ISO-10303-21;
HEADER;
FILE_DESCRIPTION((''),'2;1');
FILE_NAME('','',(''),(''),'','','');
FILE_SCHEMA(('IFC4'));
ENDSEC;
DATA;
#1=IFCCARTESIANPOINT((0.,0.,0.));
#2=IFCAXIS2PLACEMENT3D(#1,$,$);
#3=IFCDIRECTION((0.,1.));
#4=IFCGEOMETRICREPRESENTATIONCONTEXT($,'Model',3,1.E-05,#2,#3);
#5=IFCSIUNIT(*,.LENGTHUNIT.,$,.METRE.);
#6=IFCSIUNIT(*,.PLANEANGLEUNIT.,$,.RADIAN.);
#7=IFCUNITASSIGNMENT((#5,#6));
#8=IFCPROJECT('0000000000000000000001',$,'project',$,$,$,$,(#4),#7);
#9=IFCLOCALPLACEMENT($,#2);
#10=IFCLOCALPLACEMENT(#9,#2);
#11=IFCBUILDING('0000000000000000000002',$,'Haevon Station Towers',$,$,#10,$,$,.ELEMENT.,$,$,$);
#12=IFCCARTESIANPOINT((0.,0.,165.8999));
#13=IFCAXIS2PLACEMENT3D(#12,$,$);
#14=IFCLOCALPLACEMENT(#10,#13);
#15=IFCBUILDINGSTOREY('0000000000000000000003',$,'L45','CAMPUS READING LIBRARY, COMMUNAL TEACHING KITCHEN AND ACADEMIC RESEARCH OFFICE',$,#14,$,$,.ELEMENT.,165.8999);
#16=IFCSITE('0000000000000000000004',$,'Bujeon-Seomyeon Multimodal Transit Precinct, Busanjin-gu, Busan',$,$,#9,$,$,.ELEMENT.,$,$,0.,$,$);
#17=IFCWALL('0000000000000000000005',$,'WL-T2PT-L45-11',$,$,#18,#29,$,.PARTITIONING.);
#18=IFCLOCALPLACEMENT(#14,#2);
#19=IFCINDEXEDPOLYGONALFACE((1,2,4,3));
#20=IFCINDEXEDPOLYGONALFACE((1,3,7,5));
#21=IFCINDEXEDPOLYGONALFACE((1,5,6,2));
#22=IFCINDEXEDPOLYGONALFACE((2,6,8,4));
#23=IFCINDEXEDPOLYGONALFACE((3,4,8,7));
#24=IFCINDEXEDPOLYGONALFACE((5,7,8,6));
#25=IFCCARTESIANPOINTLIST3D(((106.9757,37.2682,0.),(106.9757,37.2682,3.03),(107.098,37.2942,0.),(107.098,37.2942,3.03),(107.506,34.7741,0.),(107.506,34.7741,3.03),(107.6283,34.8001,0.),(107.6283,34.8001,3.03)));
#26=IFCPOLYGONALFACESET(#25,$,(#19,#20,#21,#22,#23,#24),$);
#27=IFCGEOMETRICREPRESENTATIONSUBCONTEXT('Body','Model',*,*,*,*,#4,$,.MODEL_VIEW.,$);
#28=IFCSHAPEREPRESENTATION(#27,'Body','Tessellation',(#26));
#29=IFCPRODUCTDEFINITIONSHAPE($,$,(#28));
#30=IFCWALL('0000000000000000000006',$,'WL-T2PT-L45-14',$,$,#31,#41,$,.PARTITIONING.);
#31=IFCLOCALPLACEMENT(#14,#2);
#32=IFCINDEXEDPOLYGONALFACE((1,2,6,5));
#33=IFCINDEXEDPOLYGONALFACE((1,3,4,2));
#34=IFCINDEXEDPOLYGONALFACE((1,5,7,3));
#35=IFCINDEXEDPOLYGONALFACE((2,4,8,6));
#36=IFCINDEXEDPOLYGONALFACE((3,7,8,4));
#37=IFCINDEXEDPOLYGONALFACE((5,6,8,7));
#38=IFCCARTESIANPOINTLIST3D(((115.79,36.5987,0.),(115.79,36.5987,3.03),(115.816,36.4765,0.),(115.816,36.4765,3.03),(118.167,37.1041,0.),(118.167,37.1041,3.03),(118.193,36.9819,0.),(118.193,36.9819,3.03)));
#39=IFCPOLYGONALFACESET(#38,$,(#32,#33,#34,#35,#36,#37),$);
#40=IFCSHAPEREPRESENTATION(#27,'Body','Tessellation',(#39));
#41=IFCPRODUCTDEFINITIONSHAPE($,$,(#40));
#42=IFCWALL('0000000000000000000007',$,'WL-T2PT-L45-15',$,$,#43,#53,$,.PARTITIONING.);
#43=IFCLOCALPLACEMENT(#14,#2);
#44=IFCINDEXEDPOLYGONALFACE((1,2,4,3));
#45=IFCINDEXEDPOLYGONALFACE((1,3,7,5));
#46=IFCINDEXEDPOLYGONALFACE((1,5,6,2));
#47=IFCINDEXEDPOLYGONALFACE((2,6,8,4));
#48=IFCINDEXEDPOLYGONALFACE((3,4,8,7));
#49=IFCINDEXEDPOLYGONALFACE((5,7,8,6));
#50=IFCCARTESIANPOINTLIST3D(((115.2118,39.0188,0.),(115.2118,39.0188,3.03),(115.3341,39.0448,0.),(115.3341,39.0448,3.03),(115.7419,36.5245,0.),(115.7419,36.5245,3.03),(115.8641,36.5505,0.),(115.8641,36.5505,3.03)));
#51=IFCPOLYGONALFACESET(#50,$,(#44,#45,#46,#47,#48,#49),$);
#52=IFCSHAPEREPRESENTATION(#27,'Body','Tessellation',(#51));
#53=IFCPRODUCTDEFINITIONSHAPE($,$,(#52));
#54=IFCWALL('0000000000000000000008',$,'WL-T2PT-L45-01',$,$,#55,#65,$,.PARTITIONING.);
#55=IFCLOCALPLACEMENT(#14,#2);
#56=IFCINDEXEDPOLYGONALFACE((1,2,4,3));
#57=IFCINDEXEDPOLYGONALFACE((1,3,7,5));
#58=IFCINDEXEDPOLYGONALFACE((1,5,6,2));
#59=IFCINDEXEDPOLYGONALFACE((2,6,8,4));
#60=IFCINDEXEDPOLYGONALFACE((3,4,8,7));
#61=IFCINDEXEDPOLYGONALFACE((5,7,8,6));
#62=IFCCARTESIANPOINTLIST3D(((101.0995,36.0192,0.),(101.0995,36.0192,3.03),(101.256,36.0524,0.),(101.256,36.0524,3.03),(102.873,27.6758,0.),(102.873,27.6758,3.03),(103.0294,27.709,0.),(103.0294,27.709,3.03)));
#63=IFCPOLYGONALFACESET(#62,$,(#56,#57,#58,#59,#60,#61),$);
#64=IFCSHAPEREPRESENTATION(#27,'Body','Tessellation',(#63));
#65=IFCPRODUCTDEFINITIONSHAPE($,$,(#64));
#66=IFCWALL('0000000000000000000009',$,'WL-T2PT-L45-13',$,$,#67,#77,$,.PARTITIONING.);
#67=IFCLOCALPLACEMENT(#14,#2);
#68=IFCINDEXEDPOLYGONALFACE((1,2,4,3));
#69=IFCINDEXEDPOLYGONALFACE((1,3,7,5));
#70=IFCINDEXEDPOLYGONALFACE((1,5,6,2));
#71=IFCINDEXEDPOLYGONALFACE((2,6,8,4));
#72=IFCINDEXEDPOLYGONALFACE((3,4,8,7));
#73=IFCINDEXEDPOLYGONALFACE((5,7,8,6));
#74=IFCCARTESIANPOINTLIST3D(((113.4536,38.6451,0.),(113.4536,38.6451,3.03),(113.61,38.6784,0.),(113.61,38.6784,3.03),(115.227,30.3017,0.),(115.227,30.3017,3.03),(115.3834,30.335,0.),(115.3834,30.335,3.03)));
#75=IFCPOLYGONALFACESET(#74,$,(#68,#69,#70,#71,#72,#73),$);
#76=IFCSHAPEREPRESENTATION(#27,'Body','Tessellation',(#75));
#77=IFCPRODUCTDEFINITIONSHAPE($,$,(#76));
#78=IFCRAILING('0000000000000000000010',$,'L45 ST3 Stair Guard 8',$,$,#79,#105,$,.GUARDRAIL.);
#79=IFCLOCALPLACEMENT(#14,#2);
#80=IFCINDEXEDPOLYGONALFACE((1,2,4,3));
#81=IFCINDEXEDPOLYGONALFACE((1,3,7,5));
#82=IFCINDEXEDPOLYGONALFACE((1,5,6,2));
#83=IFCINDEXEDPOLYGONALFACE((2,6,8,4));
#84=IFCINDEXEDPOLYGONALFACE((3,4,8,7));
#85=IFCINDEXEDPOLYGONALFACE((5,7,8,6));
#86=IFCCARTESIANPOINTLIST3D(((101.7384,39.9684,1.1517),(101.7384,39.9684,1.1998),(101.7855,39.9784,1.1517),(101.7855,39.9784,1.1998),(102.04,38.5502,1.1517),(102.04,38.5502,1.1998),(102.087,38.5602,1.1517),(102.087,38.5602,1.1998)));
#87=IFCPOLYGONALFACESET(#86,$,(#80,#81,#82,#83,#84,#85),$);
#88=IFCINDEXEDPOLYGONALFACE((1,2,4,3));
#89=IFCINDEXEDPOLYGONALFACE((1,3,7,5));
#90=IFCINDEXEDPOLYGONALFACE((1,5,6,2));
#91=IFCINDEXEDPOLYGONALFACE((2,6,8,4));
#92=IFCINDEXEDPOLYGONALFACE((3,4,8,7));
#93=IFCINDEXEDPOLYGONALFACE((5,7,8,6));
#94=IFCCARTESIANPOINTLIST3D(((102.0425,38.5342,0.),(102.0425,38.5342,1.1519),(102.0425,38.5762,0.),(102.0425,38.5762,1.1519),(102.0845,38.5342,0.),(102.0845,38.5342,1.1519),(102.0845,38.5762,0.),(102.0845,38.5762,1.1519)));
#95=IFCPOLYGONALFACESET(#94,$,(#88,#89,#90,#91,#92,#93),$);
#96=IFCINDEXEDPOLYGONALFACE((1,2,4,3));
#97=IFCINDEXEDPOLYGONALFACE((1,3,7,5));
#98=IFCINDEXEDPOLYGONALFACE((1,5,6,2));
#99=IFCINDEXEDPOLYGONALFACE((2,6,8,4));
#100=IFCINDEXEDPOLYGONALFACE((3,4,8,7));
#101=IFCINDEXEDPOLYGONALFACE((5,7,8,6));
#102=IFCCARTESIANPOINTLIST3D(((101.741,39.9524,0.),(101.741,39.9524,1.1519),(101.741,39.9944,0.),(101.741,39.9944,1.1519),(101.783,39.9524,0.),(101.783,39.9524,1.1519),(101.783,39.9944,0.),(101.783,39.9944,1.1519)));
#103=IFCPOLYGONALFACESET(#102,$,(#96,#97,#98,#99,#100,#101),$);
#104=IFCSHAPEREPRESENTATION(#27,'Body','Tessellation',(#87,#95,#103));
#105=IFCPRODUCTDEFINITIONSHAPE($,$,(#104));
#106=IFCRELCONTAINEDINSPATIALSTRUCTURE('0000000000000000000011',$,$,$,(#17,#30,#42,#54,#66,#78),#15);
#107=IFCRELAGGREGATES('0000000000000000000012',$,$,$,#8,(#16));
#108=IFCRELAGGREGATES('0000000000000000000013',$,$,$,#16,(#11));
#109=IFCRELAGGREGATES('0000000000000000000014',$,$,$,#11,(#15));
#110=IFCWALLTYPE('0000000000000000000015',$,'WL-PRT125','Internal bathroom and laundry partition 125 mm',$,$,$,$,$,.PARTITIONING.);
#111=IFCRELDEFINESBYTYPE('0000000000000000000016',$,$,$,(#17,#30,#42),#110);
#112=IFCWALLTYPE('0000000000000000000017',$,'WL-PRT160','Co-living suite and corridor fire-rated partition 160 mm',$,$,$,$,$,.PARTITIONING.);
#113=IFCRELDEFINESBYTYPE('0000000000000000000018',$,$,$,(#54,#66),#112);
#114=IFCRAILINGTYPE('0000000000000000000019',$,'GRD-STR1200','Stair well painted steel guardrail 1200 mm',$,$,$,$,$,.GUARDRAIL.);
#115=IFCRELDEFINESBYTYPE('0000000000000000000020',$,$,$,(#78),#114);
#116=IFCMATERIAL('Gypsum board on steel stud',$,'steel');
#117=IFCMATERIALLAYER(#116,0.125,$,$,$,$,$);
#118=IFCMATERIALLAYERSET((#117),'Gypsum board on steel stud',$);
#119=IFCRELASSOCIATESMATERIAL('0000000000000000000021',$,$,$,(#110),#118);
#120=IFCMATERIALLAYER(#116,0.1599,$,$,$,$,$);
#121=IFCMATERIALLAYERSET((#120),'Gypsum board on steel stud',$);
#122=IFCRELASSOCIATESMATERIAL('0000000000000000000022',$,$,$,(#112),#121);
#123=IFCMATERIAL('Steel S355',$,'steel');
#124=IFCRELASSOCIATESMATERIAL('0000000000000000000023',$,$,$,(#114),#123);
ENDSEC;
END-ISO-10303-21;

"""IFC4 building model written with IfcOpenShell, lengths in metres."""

from ifc_helpers import new_model, si_unit, direction, frame, frame_2d, origin, origin_2d, place, context, subcontext, project, spatial, rectangle, extrude, material, layer, layer_set, type_object, element, save


model = new_model("IFC4")

# Units and contexts
model_context = context("Model", 3, precision=1e-05, world=origin(), true_north=direction((0.0, 1.0)))
body_context = subcontext(model_context, "Body", "Model", "MODEL_VIEW")
ifc_project = project(units=[si_unit("LENGTHUNIT", "METRE"), si_unit("PLANEANGLEUNIT", "RADIAN")], contexts=[model_context])

# Site, building, storey
site_placement = place(None, origin())
site = spatial("IfcSite", under=ifc_project, at=site_placement, Name="Bujeon-Seomyeon Multimodal Transit Precinct, Busanjin-gu, Busan", CompositionType="ELEMENT", RefElevation=0.0)
building_placement = place(site_placement, origin())
building = spatial("IfcBuilding", under=site, at=building_placement, Name="Haevon Station Towers", CompositionType="ELEMENT")
storey_placement = place(building_placement, frame((0.0, 0.0, 165.8999)))
storey = spatial("IfcBuildingStorey", under=building, at=storey_placement, Name="L45", Description="CAMPUS READING LIBRARY, COMMUNAL TEACHING KITCHEN AND ACADEMIC RESEARCH OFFICE", CompositionType="ELEMENT", Elevation=165.8999)

# Shared definitions
ifc_material_1 = material(Name="Steel S355", Category="steel")

# Shared definitions
ifc_material_2 = material(Name="Gypsum board on steel stud", Category="steel")

# Walls
ifc_layer_1 = layer(ifc_material_2, 0.125)
ifc_layer_set_1 = layer_set([ifc_layer_1], Name="Gypsum board on steel stud")
wall_type_1 = type_object("IfcWallType", Name="WL-PRT125", Description="Internal bathroom and laundry partition 125 mm", PredefinedType="PARTITIONING", material=ifc_layer_set_1)
wall_1_placement = place(storey_placement, frame((107.5671, 34.7871, 0.0), z_axis=(0.0, 0.0, 1.0), x_axis=(-0.20796, 0.978137, 0.0)))
element("IfcWall", 1, at=wall_1_placement, inside=storey, type_object=wall_type_1, Name="WL-T2PT-L45-11", PredefinedType="PARTITIONING", context=body_context, shape_type="SweptSolid", body=[
    extrude(rectangle(XDim=2.5498, YDim=0.125, at=frame_2d((1.2749, 0.0))), origin(), (0.0, 0.0, 1.0), 3.03),
])
wall_2_placement = place(storey_placement, frame((115.803, 36.5376, 0.0), z_axis=(0.0, 0.0, 1.0), x_axis=(0.978136, 0.207964, 0.0)))
element("IfcWall", 2, at=wall_2_placement, inside=storey, type_object=wall_type_1, Name="WL-T2PT-L45-14", PredefinedType="PARTITIONING", context=body_context, shape_type="SweptSolid", body=[
    extrude(rectangle(XDim=2.4302, YDim=0.125, at=frame_2d((1.2151, 0.0))), origin(), (0.0, 0.0, 1.0), 3.03),
])
wall_3_placement = place(storey_placement, frame((115.803, 36.5376, 0.0), z_axis=(0.0, 0.0, 1.0), x_axis=(-0.207848, 0.978161, 0.0)))
element("IfcWall", 3, at=wall_3_placement, inside=storey, type_object=wall_type_1, Name="WL-T2PT-L45-15", PredefinedType="PARTITIONING", context=body_context, shape_type="SweptSolid", body=[
    extrude(rectangle(XDim=2.55, YDim=0.125, at=frame_2d((1.2749, 0.0))), origin(), (0.0, 0.0, 1.0), 3.03),
])
ifc_layer_2 = layer(ifc_material_2, 0.1599)
ifc_layer_set_2 = layer_set([ifc_layer_2], Name="Gypsum board on steel stud")
wall_type_2 = type_object("IfcWallType", Name="WL-PRT160", Description="Co-living suite and corridor fire-rated partition 160 mm", PredefinedType="PARTITIONING", material=ifc_layer_set_2)
for number, where, z_axis, x_axis, name in (
    (4, (102.9512, 27.6924, 0.0), (0.0, 0.0, 1.0), (-0.207908, 0.978148, 0.0), "WL-T2PT-L45-01"),
    (5, (115.3052, 30.3184, 0.0), (0.0, 0.0, 1.0), (-0.207908, 0.978148, 0.0), "WL-T2PT-L45-13"),
):
    element("IfcWall", number, at=place(storey_placement, frame(where, z_axis=z_axis, x_axis=x_axis)), inside=storey, type_object=wall_type_2, Name=name, PredefinedType="PARTITIONING", context=body_context, shape_type="SweptSolid", body=[
        extrude(rectangle(XDim=8.5298, YDim=0.1599, at=frame_2d((4.2649, 0.0))), origin(), (0.0, 0.0, 1.0), 3.03),
    ])

# Railing
railing_type = type_object("IfcRailingType", Name="GRD-STR1200", Description="Stair well painted steel guardrail 1200 mm", PredefinedType="GUARDRAIL", material=ifc_material_1)
railing_placement = place(storey_placement, frame((102.0635, 38.5552, 0.0)))
element("IfcRailing", 6, at=railing_placement, inside=storey, type_object=railing_type, Name="L45 ST3 Stair Guard 8", PredefinedType="GUARDRAIL", context=body_context, shape_type="SweptSolid", body=[
    extrude(rectangle(XDim=0.0481, YDim=0.0481, at=origin_2d()), frame((0.0, 0.0, 1.1758), z_axis=(-0.207953, 0.978139, 0.0), x_axis=(-0.978139, -0.207953, 0.0)), (0.0, 0.0, 1.0), 1.45),
    extrude(rectangle(XDim=0.042, YDim=0.042, at=origin_2d()), origin(), (0.0, 0.0, 1.0), 1.1519),
    extrude(rectangle(XDim=0.042, YDim=0.042, at=origin_2d()), frame((-0.3015, 1.4182, 0.0)), (0.0, 0.0, 1.0), 1.1519),
])

save(model, "model.ifc")
